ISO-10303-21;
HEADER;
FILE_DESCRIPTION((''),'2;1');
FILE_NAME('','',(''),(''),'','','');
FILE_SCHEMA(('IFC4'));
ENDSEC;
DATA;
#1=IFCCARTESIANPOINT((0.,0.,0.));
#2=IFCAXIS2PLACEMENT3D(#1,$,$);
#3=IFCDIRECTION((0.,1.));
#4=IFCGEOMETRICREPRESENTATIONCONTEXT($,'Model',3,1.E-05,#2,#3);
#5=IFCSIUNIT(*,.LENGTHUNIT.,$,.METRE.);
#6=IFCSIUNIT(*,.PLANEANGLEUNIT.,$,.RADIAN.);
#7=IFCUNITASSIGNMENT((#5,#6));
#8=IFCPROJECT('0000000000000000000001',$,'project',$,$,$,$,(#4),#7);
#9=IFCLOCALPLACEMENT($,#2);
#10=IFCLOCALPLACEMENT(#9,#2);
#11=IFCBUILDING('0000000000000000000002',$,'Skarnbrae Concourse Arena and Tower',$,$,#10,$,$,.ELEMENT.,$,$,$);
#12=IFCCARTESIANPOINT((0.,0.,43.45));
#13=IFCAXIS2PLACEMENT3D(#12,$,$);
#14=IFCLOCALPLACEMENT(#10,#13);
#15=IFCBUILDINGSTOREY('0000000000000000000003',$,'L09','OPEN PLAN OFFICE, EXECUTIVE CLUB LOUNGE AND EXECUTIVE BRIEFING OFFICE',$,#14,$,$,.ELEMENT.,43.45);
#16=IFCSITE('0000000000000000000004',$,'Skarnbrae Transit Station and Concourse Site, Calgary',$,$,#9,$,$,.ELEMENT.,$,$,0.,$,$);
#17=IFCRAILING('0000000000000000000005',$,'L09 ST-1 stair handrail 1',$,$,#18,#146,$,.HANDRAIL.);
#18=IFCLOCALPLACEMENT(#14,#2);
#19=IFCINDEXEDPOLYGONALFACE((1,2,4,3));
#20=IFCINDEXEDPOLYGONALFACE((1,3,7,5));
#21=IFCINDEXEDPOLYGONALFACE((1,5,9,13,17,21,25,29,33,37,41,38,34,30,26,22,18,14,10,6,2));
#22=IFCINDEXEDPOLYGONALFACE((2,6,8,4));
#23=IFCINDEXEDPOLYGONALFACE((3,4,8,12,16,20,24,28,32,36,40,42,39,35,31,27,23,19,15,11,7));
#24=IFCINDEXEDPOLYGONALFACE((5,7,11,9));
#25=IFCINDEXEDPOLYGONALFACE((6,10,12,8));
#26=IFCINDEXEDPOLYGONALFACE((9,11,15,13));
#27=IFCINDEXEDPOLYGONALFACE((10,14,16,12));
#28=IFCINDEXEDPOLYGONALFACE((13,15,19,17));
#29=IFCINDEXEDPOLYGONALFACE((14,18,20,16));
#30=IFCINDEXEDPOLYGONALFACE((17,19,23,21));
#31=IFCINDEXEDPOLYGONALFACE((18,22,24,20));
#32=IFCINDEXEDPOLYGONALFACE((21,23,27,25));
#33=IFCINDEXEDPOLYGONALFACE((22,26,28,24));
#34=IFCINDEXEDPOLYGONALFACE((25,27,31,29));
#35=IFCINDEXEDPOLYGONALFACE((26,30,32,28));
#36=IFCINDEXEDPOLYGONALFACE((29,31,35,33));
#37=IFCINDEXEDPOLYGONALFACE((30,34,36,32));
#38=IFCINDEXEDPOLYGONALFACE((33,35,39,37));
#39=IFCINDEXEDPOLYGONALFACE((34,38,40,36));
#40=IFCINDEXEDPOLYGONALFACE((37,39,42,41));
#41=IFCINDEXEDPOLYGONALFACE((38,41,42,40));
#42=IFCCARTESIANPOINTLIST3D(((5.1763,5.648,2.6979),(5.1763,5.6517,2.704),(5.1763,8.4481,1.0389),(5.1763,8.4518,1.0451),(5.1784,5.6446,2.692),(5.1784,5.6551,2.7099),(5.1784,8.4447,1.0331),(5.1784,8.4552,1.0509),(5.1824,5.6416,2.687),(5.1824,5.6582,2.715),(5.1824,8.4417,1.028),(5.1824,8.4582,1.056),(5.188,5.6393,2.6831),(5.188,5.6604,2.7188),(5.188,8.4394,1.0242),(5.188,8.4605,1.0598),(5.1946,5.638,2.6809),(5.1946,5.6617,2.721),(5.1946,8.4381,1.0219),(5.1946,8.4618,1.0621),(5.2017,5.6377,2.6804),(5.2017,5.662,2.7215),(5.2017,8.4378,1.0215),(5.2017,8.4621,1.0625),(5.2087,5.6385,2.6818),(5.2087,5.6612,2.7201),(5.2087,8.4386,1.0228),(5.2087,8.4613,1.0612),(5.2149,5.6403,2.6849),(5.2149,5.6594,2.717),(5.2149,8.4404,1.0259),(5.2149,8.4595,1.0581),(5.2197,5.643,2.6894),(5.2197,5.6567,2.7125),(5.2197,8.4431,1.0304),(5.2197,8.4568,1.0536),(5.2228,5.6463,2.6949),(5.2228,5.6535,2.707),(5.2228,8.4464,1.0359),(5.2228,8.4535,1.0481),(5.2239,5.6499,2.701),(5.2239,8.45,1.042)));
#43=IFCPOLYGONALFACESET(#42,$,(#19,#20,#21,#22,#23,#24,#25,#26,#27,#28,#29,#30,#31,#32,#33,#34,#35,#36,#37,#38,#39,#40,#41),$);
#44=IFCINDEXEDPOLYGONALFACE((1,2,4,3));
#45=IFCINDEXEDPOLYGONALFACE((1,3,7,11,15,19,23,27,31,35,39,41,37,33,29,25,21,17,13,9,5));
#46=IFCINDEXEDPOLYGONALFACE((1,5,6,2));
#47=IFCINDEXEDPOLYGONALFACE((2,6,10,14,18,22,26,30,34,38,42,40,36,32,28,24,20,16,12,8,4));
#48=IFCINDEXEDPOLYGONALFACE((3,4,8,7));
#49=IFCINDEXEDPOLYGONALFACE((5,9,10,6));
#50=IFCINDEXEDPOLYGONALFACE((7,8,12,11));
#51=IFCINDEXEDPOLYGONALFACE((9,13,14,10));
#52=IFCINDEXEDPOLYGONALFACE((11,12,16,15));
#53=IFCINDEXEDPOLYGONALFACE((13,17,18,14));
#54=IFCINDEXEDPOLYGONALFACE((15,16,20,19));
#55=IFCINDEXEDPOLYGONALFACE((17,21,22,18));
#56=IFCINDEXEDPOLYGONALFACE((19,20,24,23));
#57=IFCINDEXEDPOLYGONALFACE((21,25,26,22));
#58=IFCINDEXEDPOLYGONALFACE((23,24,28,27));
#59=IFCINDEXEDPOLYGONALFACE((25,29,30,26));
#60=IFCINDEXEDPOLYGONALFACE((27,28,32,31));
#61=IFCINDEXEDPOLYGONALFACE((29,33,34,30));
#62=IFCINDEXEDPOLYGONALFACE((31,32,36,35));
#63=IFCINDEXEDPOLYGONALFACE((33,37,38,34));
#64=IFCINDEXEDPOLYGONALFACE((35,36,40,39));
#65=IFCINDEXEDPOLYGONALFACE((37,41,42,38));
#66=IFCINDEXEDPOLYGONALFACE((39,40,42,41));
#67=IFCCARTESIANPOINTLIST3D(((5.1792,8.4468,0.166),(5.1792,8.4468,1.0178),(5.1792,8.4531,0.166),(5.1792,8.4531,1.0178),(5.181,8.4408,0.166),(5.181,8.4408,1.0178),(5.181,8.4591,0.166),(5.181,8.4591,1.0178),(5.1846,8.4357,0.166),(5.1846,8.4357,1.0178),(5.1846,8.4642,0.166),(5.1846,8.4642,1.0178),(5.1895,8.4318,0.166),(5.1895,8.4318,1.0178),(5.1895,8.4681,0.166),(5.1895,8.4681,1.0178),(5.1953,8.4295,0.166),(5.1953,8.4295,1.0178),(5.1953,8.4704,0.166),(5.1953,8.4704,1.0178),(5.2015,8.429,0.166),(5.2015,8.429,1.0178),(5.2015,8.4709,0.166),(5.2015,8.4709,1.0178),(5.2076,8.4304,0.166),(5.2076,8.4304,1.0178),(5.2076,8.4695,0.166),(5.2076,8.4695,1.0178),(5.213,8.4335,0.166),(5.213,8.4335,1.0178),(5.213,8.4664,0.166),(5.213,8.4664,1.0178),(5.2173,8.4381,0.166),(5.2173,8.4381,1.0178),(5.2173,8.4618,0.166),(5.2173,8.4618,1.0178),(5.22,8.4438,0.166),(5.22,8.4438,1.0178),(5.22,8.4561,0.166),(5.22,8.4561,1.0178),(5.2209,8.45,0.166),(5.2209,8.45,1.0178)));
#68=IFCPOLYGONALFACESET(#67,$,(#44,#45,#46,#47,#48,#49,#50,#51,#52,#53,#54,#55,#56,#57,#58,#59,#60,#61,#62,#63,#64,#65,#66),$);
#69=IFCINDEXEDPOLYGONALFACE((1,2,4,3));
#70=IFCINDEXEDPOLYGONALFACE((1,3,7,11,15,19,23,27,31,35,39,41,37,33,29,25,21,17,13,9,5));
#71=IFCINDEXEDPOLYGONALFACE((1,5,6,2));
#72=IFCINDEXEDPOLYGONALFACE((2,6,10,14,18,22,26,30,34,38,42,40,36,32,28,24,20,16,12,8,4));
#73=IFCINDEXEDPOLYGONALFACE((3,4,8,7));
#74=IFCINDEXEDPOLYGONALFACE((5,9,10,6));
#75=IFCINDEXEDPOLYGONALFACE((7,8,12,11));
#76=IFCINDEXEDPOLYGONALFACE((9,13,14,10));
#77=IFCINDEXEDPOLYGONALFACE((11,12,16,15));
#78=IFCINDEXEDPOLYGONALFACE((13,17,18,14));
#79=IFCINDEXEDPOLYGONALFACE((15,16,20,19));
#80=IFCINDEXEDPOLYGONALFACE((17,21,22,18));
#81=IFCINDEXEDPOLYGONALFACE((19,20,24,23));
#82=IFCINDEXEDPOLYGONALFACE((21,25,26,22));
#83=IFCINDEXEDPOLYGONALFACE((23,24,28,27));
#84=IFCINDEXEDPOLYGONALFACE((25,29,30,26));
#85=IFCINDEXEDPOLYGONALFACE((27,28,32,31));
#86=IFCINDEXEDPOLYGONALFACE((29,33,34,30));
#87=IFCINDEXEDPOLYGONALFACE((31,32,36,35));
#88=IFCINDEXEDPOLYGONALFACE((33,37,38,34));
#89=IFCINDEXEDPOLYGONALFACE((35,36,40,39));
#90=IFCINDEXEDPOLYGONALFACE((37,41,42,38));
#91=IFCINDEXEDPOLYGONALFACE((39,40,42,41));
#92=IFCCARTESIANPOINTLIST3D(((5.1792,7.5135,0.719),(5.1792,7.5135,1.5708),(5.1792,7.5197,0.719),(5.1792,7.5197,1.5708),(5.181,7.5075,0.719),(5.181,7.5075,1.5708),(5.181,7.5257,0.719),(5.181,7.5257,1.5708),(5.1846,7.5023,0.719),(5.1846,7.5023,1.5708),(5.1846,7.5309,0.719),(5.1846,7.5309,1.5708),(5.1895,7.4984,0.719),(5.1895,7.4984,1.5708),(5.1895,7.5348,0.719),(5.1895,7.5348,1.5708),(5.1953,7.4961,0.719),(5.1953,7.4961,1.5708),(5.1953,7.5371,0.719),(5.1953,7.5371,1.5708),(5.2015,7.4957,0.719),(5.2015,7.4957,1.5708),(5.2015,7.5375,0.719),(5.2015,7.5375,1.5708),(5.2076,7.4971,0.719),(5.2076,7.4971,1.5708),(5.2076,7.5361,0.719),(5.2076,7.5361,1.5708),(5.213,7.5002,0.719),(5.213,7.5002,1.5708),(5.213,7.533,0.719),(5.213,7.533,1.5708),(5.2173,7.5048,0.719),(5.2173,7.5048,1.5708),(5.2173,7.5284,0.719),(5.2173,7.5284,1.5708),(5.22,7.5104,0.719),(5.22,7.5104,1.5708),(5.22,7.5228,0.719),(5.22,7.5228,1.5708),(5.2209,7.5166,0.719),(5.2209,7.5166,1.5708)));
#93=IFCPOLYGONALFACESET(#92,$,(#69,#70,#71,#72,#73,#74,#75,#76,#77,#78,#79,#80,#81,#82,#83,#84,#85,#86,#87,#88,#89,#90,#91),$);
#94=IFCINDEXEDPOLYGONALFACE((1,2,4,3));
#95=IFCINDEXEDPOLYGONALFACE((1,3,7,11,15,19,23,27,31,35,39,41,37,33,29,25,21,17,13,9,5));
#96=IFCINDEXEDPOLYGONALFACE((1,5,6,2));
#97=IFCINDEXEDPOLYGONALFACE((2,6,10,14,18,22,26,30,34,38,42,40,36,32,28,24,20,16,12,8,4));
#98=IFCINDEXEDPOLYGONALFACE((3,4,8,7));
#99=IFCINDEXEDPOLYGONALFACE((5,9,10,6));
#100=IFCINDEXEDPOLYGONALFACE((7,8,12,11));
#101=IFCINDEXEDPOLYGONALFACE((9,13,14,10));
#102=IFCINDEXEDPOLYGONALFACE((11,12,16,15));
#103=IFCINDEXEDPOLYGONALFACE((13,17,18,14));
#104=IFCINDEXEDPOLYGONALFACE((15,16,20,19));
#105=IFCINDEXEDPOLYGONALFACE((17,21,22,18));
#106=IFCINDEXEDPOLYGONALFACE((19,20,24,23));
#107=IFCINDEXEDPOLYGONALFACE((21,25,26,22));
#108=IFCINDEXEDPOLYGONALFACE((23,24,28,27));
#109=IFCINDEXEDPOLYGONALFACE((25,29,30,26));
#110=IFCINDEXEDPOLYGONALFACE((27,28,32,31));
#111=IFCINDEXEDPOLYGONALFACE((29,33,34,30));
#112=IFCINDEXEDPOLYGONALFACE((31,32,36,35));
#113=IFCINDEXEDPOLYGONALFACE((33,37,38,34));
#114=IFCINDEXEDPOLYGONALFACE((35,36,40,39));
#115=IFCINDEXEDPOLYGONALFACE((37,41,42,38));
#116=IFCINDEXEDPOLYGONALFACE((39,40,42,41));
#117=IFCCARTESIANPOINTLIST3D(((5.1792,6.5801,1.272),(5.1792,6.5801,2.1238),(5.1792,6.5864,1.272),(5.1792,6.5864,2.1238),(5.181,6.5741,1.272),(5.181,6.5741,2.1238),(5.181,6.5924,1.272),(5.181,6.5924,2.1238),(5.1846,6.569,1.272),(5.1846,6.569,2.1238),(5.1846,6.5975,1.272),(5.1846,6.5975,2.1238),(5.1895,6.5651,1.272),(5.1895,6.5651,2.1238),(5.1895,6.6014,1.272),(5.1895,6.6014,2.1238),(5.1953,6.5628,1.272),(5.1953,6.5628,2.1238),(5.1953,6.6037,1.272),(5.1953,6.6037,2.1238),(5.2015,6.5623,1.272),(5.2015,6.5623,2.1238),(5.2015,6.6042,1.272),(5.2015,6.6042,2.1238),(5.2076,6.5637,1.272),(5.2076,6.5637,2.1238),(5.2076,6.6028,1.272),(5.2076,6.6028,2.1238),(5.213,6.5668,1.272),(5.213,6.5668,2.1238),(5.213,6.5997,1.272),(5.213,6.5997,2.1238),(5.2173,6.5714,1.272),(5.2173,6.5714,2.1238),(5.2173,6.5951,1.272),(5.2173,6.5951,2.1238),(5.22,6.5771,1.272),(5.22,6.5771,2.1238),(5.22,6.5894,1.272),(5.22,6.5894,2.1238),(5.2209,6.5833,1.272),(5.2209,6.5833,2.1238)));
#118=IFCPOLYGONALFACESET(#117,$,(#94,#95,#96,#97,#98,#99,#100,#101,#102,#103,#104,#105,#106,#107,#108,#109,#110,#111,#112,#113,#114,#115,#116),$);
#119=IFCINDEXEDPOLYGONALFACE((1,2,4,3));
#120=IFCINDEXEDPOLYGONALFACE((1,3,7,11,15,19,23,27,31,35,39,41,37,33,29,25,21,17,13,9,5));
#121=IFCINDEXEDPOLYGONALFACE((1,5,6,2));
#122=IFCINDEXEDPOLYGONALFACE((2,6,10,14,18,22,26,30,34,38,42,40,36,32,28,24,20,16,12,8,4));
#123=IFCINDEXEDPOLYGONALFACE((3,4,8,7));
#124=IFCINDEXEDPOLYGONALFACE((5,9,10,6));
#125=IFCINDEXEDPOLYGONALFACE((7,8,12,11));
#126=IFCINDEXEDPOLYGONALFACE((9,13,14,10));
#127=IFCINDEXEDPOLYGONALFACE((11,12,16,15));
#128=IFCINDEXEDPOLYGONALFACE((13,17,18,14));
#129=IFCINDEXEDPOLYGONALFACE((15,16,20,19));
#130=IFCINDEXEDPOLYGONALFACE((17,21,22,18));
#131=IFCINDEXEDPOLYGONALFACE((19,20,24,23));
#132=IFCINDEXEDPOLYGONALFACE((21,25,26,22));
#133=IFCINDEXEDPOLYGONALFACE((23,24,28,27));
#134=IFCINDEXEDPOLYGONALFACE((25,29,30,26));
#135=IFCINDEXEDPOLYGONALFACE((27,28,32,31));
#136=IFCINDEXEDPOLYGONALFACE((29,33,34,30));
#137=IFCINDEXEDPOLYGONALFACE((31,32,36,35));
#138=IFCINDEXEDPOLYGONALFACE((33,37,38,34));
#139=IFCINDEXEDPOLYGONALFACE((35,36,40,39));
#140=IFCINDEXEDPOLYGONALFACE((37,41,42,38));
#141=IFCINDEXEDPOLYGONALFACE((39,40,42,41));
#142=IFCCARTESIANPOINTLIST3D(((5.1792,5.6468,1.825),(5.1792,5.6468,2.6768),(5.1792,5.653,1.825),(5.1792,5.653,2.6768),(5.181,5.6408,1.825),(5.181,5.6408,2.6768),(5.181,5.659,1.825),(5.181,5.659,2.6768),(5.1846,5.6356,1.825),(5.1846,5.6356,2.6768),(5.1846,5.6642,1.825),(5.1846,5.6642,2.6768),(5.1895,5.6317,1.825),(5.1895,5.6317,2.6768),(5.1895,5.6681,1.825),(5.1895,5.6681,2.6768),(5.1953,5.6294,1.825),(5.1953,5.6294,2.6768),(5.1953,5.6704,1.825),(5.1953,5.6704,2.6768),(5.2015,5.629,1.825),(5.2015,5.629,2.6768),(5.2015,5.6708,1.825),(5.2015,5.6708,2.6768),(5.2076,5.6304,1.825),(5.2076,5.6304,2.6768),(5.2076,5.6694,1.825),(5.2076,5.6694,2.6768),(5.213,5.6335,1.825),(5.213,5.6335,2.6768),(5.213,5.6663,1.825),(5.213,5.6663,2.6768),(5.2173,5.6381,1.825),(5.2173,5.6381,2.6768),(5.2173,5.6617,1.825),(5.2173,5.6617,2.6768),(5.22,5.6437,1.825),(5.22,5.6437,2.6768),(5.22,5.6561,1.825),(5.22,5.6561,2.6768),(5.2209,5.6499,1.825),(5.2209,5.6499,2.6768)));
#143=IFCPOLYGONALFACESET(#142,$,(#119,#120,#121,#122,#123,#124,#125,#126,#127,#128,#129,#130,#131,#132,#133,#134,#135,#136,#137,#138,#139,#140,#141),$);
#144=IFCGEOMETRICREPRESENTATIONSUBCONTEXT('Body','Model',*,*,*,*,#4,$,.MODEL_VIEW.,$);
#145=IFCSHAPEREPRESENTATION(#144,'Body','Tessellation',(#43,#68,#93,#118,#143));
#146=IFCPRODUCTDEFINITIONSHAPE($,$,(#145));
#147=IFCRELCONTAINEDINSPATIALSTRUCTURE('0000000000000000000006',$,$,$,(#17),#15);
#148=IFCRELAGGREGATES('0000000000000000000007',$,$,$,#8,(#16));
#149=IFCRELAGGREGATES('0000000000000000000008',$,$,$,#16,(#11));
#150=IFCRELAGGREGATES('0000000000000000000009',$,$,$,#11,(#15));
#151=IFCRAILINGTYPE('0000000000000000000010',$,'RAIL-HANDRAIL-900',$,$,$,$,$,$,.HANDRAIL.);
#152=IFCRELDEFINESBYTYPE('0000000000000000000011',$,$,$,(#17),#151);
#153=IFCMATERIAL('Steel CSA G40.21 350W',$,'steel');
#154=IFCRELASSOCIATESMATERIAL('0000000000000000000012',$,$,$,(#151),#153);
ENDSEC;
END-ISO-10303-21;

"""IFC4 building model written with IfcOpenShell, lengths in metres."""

from ifc_helpers import new_model, si_unit, direction, frame, origin, origin_2d, place, context, subcontext, project, spatial, circle, extrude, material, type_object, element, save


model = new_model("IFC4")

# Units and contexts
model_context = context("Model", 3, precision=1e-05, world=origin(), true_north=direction((0.0, 1.0)))
body_context = subcontext(model_context, "Body", "Model", "MODEL_VIEW")
ifc_project = project(units=[si_unit("LENGTHUNIT", "METRE"), si_unit("PLANEANGLEUNIT", "RADIAN")], contexts=[model_context])

# Site, building, storey
site_placement = place(None, origin())
site = spatial("IfcSite", under=ifc_project, at=site_placement, Name="Skarnbrae Transit Station and Concourse Site, Calgary", CompositionType="ELEMENT", RefElevation=0.0)
building_placement = place(site_placement, origin())
building = spatial("IfcBuilding", under=site, at=building_placement, Name="Skarnbrae Concourse Arena and Tower", CompositionType="ELEMENT")
storey_placement = place(building_placement, frame((0.0, 0.0, 43.45)))
storey = spatial("IfcBuildingStorey", under=building, at=storey_placement, Name="L09", Description="OPEN PLAN OFFICE, EXECUTIVE CLUB LOUNGE AND EXECUTIVE BRIEFING OFFICE", CompositionType="ELEMENT", Elevation=43.45)

# Shared definitions
ifc_material_1 = material(Name="Steel CSA G40.21 350W", Category="steel")

# Railing
railing_type_1 = type_object("IfcRailingType", Name="RAIL-HANDRAIL-900", PredefinedType="HANDRAIL", material=ifc_material_1)
railing_1_placement = place(storey_placement, frame((5.2, 8.45, 0.166)))
element("IfcRailing", 1, at=railing_1_placement, inside=storey, type_object=railing_type_1, Name="L09 ST-1 stair handrail 1", PredefinedType="HANDRAIL", context=body_context, shape_type="SweptSolid", body=[
    extrude(circle(Radius=0.0239, at=origin_2d()), frame((0.0, 0.0, 0.876), z_axis=(0.0, -0.860339, 0.509722), x_axis=(1.0, 0.0, 0.0)), (0.0, 0.0, 1.0), 3.2546),
    extrude(circle(Radius=0.021, at=origin_2d()), origin(), (0.0, 0.0, 1.0), 0.8518),
    extrude(circle(Radius=0.021, at=origin_2d()), frame((0.0, -0.9333, 0.553)), (0.0, 0.0, 1.0), 0.8518),
    extrude(circle(Radius=0.021, at=origin_2d()), frame((0.0, -1.8667, 1.106)), (0.0, 0.0, 1.0), 0.8518),
    extrude(circle(Radius=0.021, at=origin_2d()), frame((0.0, -2.8, 1.6589)), (0.0, 0.0, 1.0), 0.8518),
])

save(model, "model.ifc")
